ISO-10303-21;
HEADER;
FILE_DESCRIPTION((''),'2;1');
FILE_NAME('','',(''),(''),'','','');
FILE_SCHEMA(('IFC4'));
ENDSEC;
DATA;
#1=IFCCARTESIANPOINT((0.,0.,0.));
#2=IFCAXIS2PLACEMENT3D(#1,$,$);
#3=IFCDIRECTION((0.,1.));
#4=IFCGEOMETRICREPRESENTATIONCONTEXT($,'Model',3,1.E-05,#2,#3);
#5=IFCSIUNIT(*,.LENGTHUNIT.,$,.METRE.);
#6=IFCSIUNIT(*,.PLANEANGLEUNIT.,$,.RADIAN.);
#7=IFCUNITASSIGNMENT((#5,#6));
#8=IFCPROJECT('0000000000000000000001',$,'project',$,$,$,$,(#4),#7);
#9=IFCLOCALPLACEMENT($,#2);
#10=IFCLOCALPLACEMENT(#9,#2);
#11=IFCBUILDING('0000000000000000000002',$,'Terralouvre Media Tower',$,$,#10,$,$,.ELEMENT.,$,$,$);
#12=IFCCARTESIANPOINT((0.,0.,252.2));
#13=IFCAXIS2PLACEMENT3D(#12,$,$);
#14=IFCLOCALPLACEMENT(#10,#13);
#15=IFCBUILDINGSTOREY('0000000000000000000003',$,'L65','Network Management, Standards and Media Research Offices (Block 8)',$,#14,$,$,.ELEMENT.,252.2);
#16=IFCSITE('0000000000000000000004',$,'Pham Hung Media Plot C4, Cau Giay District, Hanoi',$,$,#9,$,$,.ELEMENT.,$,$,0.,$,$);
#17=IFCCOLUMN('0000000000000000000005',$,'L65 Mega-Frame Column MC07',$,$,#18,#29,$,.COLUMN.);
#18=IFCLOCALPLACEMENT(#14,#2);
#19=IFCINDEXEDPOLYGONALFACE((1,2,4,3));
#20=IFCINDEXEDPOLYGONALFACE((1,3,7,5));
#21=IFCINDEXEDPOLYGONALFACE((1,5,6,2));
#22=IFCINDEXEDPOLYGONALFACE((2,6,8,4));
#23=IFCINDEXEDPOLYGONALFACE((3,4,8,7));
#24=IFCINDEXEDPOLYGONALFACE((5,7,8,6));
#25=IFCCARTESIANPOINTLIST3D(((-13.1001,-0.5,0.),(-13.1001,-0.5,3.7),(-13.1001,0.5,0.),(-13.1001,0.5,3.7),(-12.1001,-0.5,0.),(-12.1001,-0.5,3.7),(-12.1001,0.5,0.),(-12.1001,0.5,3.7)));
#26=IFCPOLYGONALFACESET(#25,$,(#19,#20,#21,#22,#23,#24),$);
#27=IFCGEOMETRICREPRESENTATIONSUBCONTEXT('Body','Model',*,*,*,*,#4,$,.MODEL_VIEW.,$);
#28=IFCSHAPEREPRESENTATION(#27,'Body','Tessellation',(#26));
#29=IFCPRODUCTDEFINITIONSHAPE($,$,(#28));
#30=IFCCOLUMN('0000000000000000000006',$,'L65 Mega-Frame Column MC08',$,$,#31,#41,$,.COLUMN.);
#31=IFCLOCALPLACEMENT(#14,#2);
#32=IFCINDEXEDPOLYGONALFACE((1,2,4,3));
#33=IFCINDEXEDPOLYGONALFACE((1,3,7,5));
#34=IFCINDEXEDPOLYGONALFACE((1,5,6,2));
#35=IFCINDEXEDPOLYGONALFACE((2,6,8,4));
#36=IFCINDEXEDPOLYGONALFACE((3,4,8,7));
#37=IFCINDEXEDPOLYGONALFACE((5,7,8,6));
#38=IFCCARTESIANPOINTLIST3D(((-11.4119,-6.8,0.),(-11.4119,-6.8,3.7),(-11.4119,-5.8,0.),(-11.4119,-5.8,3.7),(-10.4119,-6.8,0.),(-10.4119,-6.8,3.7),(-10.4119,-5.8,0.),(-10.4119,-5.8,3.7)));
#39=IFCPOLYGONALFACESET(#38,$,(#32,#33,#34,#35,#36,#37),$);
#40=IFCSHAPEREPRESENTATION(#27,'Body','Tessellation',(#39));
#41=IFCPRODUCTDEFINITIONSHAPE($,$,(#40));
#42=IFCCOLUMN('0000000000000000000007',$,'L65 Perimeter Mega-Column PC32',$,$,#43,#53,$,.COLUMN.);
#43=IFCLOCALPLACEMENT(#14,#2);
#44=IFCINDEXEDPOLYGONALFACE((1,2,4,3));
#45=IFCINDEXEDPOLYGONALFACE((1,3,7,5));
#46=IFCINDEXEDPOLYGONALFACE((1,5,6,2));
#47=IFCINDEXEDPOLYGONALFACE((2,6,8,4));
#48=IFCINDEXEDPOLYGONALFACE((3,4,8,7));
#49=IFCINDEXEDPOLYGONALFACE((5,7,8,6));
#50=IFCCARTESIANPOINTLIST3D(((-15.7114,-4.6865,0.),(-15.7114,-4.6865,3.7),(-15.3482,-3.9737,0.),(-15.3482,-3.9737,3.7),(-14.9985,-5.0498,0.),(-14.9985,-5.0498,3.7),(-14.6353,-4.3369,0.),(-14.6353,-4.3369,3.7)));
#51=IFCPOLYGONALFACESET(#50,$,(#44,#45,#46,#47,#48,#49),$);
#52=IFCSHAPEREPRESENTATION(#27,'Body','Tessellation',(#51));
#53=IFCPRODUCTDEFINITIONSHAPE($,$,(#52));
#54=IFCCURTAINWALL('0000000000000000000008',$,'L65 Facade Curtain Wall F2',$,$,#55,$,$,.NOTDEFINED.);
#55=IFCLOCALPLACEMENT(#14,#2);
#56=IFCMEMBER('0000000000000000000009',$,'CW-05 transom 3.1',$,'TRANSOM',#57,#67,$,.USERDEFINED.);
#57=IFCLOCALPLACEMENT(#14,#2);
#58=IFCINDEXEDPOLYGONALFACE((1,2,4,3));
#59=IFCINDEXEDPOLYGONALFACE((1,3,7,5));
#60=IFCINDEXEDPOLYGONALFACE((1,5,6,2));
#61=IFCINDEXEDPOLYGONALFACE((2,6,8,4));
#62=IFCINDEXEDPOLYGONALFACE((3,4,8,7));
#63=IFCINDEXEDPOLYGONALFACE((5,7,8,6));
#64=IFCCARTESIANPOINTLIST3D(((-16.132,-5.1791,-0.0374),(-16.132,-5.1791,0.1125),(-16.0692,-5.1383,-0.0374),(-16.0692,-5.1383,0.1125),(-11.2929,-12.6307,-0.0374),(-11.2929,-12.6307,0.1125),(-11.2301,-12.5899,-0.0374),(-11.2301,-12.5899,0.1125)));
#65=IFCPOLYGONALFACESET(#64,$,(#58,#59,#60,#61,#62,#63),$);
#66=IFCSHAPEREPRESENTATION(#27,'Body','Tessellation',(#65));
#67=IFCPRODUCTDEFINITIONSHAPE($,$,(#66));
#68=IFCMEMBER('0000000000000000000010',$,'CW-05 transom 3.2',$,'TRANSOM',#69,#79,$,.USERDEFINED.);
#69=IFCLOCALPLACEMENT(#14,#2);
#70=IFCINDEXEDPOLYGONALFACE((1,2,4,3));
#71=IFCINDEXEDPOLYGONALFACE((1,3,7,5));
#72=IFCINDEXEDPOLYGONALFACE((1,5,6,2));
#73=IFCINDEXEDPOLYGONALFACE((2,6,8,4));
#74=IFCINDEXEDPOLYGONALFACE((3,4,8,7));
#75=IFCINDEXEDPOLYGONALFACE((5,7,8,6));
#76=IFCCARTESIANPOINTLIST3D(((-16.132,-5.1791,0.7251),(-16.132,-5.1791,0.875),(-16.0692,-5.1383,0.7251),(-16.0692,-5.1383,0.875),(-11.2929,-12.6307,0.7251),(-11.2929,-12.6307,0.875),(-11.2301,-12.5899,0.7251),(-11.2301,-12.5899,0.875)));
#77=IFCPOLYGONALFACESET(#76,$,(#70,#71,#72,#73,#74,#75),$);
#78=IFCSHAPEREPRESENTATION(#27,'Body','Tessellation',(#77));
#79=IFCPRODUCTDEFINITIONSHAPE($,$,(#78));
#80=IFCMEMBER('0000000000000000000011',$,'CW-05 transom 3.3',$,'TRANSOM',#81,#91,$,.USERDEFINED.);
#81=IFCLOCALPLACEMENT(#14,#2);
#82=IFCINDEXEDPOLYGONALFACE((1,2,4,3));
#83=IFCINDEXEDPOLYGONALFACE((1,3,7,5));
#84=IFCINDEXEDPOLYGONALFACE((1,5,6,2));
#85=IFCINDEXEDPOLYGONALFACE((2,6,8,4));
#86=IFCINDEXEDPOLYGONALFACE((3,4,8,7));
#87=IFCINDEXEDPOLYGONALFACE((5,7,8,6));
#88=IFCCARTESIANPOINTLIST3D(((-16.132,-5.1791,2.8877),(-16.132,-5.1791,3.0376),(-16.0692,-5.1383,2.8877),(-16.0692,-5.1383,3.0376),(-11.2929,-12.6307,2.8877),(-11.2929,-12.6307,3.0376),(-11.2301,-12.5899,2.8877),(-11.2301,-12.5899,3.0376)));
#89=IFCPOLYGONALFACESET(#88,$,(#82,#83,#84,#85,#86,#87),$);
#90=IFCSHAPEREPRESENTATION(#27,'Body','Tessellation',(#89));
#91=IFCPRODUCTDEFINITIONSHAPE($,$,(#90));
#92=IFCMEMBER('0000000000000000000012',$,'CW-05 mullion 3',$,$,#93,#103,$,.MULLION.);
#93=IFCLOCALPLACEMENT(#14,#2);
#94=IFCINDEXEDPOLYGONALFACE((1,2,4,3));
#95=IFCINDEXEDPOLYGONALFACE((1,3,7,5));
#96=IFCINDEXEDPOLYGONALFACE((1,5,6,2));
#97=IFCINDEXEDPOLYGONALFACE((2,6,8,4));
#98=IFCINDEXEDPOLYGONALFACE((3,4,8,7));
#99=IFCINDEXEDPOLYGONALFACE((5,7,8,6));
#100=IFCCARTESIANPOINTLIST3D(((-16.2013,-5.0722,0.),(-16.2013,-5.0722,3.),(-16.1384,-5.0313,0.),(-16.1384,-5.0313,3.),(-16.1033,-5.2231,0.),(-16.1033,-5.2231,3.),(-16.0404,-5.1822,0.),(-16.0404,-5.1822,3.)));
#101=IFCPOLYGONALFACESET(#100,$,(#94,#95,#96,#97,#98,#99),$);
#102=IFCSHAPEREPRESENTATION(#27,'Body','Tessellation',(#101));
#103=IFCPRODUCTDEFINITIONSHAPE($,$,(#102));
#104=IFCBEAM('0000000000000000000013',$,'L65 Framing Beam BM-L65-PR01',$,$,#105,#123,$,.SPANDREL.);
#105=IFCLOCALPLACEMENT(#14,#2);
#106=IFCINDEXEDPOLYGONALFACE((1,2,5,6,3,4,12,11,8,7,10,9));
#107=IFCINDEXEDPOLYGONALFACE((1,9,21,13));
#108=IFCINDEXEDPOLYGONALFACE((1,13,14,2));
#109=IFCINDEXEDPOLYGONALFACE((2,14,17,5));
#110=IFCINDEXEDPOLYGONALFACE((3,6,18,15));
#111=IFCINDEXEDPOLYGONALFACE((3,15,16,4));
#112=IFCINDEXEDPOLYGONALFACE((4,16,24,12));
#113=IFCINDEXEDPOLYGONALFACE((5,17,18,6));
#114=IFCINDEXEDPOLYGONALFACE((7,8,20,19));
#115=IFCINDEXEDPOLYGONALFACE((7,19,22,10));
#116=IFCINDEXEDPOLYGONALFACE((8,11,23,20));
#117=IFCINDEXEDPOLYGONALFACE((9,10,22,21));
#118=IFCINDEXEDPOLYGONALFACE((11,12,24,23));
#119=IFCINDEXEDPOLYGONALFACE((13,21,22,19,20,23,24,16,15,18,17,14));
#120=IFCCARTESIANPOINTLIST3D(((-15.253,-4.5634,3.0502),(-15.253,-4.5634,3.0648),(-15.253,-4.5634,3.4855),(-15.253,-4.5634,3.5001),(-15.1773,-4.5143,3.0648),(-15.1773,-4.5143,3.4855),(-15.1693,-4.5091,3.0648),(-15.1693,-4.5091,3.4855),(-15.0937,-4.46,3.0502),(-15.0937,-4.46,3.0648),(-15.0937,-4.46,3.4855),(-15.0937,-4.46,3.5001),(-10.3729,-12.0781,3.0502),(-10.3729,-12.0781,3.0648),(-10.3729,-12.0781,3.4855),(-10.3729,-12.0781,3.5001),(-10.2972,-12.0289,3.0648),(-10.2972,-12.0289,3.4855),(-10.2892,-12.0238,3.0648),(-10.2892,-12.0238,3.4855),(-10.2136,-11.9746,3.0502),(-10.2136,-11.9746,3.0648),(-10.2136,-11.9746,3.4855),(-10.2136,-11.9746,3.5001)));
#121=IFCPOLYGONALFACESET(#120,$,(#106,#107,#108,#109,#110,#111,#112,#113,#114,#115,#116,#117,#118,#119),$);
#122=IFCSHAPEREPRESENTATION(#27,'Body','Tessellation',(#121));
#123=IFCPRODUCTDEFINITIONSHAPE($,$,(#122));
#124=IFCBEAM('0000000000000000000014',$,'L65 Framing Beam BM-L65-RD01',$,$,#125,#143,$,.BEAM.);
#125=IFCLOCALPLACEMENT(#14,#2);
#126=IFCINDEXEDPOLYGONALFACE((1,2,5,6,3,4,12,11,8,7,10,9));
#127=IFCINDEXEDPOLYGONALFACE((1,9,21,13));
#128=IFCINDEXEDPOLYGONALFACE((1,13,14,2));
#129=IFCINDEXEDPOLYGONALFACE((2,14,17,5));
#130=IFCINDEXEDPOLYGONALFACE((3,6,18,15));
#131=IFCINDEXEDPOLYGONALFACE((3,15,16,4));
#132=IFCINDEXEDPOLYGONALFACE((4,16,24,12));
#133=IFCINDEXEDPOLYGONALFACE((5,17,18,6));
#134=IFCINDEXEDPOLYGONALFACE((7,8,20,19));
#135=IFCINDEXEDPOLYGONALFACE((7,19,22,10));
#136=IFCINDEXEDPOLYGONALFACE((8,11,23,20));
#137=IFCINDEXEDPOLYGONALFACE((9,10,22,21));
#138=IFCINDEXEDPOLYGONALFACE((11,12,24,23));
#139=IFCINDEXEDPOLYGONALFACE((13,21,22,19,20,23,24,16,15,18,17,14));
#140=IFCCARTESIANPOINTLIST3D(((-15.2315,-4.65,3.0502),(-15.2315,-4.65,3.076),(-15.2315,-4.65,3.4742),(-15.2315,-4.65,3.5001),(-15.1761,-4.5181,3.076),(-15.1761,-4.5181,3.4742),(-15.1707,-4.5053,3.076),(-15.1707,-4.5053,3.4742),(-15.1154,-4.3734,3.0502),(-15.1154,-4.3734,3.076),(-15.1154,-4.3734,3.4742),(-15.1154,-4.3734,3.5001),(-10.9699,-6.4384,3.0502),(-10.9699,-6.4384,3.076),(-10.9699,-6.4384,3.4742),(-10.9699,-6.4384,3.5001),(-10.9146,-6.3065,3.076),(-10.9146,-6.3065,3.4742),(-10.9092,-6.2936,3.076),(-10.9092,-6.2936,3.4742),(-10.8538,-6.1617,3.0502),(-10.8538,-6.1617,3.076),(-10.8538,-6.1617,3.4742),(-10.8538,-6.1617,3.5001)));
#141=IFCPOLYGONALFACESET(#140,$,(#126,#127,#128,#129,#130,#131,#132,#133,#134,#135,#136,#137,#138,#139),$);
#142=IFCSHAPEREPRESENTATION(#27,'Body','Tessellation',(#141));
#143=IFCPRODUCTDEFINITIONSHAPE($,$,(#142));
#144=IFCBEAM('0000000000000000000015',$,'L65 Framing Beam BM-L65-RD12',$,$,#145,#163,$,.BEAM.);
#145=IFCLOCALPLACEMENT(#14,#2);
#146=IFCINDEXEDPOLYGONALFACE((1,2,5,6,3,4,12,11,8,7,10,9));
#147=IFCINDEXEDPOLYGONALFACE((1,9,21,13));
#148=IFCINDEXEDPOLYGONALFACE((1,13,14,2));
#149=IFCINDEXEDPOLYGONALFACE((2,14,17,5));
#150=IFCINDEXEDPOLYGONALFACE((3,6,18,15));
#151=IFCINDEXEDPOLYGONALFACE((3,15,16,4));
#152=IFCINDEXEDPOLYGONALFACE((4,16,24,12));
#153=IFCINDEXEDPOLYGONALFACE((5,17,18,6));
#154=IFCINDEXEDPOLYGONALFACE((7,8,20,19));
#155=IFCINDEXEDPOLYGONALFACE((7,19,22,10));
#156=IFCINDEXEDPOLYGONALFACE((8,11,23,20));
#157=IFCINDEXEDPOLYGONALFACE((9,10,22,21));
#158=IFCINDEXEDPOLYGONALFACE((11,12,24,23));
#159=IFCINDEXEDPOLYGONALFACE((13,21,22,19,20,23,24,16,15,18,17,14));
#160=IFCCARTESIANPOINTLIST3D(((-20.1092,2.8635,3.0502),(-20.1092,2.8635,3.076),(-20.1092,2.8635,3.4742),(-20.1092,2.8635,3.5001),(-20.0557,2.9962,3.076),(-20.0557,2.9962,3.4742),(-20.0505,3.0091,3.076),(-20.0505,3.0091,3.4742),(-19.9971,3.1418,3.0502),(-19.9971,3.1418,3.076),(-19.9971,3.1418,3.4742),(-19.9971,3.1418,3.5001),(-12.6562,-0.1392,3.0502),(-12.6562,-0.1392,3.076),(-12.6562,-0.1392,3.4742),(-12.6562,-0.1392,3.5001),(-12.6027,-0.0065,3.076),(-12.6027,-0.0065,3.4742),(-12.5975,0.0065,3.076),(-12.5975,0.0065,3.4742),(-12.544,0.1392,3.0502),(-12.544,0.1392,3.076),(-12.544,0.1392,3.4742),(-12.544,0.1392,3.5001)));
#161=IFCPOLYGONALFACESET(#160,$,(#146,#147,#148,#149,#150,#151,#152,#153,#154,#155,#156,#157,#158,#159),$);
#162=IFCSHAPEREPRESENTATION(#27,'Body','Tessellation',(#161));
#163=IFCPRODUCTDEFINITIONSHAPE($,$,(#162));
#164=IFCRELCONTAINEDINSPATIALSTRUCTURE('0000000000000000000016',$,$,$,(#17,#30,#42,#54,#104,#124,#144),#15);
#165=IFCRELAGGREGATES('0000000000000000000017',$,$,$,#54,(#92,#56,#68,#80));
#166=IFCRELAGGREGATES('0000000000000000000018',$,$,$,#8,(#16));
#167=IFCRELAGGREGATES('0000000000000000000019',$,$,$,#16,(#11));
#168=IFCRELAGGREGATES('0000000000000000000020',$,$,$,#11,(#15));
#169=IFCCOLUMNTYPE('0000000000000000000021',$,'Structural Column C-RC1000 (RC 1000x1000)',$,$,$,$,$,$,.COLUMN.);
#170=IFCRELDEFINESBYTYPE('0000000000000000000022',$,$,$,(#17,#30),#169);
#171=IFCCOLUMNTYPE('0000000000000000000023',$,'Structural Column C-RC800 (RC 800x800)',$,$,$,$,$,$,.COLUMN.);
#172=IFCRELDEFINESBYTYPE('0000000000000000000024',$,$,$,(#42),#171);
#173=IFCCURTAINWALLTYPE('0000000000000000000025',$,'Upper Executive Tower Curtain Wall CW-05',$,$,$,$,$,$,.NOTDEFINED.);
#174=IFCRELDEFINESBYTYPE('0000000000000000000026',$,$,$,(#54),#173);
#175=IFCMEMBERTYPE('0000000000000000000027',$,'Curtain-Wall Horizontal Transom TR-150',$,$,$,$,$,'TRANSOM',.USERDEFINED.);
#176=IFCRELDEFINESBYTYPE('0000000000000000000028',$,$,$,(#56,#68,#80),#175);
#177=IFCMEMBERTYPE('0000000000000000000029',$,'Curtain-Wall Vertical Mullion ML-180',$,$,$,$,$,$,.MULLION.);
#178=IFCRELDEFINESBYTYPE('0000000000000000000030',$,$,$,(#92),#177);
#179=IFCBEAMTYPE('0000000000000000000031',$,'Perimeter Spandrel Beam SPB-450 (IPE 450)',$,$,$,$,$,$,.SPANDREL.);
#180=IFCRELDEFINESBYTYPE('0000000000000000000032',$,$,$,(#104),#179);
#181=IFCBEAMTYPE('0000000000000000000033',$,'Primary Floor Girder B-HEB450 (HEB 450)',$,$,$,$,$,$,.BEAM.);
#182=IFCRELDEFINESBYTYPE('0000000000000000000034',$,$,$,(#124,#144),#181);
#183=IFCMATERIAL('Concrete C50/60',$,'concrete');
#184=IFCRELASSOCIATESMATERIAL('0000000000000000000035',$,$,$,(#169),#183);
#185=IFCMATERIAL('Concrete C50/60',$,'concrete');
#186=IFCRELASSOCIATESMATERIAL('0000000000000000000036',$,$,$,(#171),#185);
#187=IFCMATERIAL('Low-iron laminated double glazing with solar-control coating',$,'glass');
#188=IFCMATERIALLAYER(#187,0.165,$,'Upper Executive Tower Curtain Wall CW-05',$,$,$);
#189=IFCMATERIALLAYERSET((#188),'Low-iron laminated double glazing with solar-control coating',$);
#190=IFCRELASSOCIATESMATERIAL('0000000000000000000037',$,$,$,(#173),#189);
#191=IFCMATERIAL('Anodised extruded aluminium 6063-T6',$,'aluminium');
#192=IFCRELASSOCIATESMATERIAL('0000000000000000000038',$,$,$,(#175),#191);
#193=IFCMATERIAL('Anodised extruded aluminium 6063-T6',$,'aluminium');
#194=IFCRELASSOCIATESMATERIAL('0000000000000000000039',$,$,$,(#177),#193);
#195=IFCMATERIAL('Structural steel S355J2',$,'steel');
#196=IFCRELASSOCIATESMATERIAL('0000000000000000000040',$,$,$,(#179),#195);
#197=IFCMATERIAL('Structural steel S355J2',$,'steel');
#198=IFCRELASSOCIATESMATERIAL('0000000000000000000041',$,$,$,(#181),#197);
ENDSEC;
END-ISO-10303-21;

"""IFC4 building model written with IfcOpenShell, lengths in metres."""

from ifc_helpers import new_model, si_unit, direction, frame, origin, origin_2d, place, context, subcontext, project, spatial, rectangle, i_section, extrude, material, layer, layer_set, material_profile, profile_set, type_object, element, aggregate, save


model = new_model("IFC4")

# Units and contexts
model_context = context("Model", 3, precision=1e-05, world=origin(), true_north=direction((0.0, 1.0)))
body_context = subcontext(model_context, "Body", "Model", "MODEL_VIEW")
ifc_project = project(units=[si_unit("LENGTHUNIT", "METRE"), si_unit("PLANEANGLEUNIT", "RADIAN")], contexts=[model_context])

# Site, building, storey
site_placement = place(None, origin())
site = spatial("IfcSite", under=ifc_project, at=site_placement, Name="Pham Hung Media Plot C4, Cau Giay District, Hanoi", CompositionType="ELEMENT", RefElevation=0.0)
building_placement = place(site_placement, origin())
building = spatial("IfcBuilding", under=site, at=building_placement, Name="Terralouvre Media Tower", CompositionType="ELEMENT")
storey_placement = place(building_placement, frame((0.0, 0.0, 252.2)))
storey = spatial("IfcBuildingStorey", under=building, at=storey_placement, Name="L65", Description="Network Management, Standards and Media Research Offices (Block 8)", CompositionType="ELEMENT", Elevation=252.2)

# Columns
ifc_material_1 = material(Name="Concrete C50/60", Category="concrete")
ifc_material_profile_1 = material_profile(ifc_material_1, rectangle(XDim=1.0, YDim=1.0, at=origin_2d()), Name="RC 1000x1000")
ifc_profile_set_1 = profile_set([ifc_material_profile_1], Name="Concrete C50/60")
column_type_1 = type_object("IfcColumnType", Name="Structural Column C-RC1000 (RC 1000x1000)", PredefinedType="COLUMN", material=ifc_profile_set_1)
for number, where, z_axis, x_axis, name in (
    (1, (-12.6001, 0.0, 0.0), (0.0, 0.0, 1.0), (1.0, 0.0, 0.0), "L65 Mega-Frame Column MC07"),
    (2, (-10.9119, -6.3, 0.0), (0.0, 0.0, 1.0), (1.0, 0.0, 0.0), "L65 Mega-Frame Column MC08"),
):
    element("IfcColumn", number, at=place(storey_placement, frame(where, z_axis=z_axis, x_axis=x_axis)), inside=storey, type_object=column_type_1, Name=name, PredefinedType="COLUMN", context=body_context, shape_type="SweptSolid", body=[
        extrude(rectangle(XDim=1.0, YDim=1.0, at=origin_2d()), origin(), (0.0, 0.0, 1.0), 3.7),
    ])
ifc_material_2 = material(Name="Concrete C50/60", Category="concrete")
ifc_material_profile_2 = material_profile(ifc_material_2, rectangle(XDim=0.8, YDim=0.8, at=origin_2d()), Name="RC 800x800")
ifc_profile_set_2 = profile_set([ifc_material_profile_2], Name="Concrete C50/60")
column_type_2 = type_object("IfcColumnType", Name="Structural Column C-RC800 (RC 800x800)", PredefinedType="COLUMN", material=ifc_profile_set_2)
column_placement = place(storey_placement, frame((-15.1733, -4.5117, 0.0), z_axis=(0.0, 0.0, 1.0), x_axis=(0.45399, 0.891007, 0.0)))
element("IfcColumn", 3, at=column_placement, inside=storey, type_object=column_type_2, Name="L65 Perimeter Mega-Column PC32", PredefinedType="COLUMN", context=body_context, shape_type="SweptSolid", body=[
    extrude(rectangle(XDim=0.8, YDim=0.8, at=origin_2d()), origin(), (0.0, 0.0, 1.0), 3.7),
])

# Curtain wall, members
ifc_material_3 = material(Name="Low-iron laminated double glazing with solar-control coating", Category="glass")
ifc_layer_1 = layer(ifc_material_3, 0.165, Name="Upper Executive Tower Curtain Wall CW-05")
ifc_layer_set_1 = layer_set([ifc_layer_1], Name="Low-iron laminated double glazing with solar-control coating")
curtain_wall_type = type_object("IfcCurtainWallType", Name="Upper Executive Tower Curtain Wall CW-05", PredefinedType="NOTDEFINED", material=ifc_layer_set_1)
curtain_wall_placement = place(storey_placement, origin())
curtain_wall = element("IfcCurtainWall", 4, at=curtain_wall_placement, inside=storey, type_object=curtain_wall_type, Name="L65 Facade Curtain Wall F2", PredefinedType="NOTDEFINED")
ifc_material_4 = material(Name="Anodised extruded aluminium 6063-T6", Category="aluminium")
ifc_material_profile_3 = material_profile(ifc_material_4, rectangle(XDim=0.075, YDim=0.1499, at=origin_2d()), Name="ALU 75x150")
ifc_profile_set_3 = profile_set([ifc_material_profile_3], Name="Anodised extruded aluminium 6063-T6")
member_type_1 = type_object("IfcMemberType", Name="Curtain-Wall Horizontal Transom TR-150", ElementType="TRANSOM", PredefinedType="USERDEFINED", material=ifc_profile_set_3)
member_1_placement = place(storey_placement, frame((-16.1006, -5.1587, 0.0376), z_axis=(0.544635, -0.838673, 0.0), x_axis=(0.838673, 0.544635, 0.0)))
member_1 = element("IfcMember", 5, at=member_1_placement, type_object=member_type_1, Name="CW-05 transom 3.1", ObjectType="TRANSOM", PredefinedType="USERDEFINED", context=body_context, shape_type="SweptSolid", body=[
    extrude(rectangle(XDim=0.075, YDim=0.1499, at=origin_2d()), origin(), (0.0, 0.0, 1.0), 8.885),
])
member_2_placement = place(storey_placement, frame((-16.1006, -5.1587, 0.8), z_axis=(0.544635, -0.838673, 0.0), x_axis=(0.838673, 0.544635, 0.0)))
member_2 = element("IfcMember", 6, at=member_2_placement, type_object=member_type_1, Name="CW-05 transom 3.2", ObjectType="TRANSOM", PredefinedType="USERDEFINED", context=body_context, shape_type="SweptSolid", body=[
    extrude(rectangle(XDim=0.075, YDim=0.1499, at=origin_2d()), origin(), (0.0, 0.0, 1.0), 8.885),
])
member_3_placement = place(storey_placement, frame((-16.1006, -5.1587, 2.9626), z_axis=(0.544635, -0.838673, 0.0), x_axis=(0.838673, 0.544635, 0.0)))
member_3 = element("IfcMember", 7, at=member_3_placement, type_object=member_type_1, Name="CW-05 transom 3.3", ObjectType="TRANSOM", PredefinedType="USERDEFINED", context=body_context, shape_type="SweptSolid", body=[
    extrude(rectangle(XDim=0.075, YDim=0.1499, at=origin_2d()), origin(), (0.0, 0.0, 1.0), 8.885),
])
ifc_material_5 = material(Name="Anodised extruded aluminium 6063-T6", Category="aluminium")
ifc_material_profile_4 = material_profile(ifc_material_5, rectangle(XDim=0.075, YDim=0.1799, at=origin_2d()), Name="ALU 75x180")
ifc_profile_set_4 = profile_set([ifc_material_profile_4], Name="Anodised extruded aluminium 6063-T6")
member_type_2 = type_object("IfcMemberType", Name="Curtain-Wall Vertical Mullion ML-180", PredefinedType="MULLION", material=ifc_profile_set_4)
member_4_placement = place(storey_placement, frame((-16.1208, -5.1272, 0.0), z_axis=(0.0, 0.0, 1.0), x_axis=(0.838671, 0.544639, 0.0)))
member_4 = element("IfcMember", 8, at=member_4_placement, type_object=member_type_2, Name="CW-05 mullion 3", PredefinedType="MULLION", context=body_context, shape_type="SweptSolid", body=[
    extrude(rectangle(XDim=0.075, YDim=0.1799, at=origin_2d()), origin(), (0.0, 0.0, 1.0), 3.0),
])

# Beams
ifc_material_6 = material(Name="Structural steel S355J2", Category="steel")
ifc_material_profile_5 = material_profile(ifc_material_6, i_section(OverallWidth=0.1899, OverallDepth=0.45, WebThickness=0.0095, FlangeThickness=0.0146, at=origin_2d()), Name="IPE 450")
ifc_profile_set_5 = profile_set([ifc_material_profile_5], Name="Structural steel S355J2")
beam_type_1 = type_object("IfcBeamType", Name="Perimeter Spandrel Beam SPB-450 (IPE 450)", PredefinedType="SPANDREL", material=ifc_profile_set_5)
beam_1_placement = place(storey_placement, frame((-15.1733, -4.5117, 3.2751), z_axis=(0.544644, -0.838668, 0.0), x_axis=(0.838668, 0.544644, 0.0)))
element("IfcBeam", 9, at=beam_1_placement, inside=storey, type_object=beam_type_1, Name="L65 Framing Beam BM-L65-PR01", PredefinedType="SPANDREL", context=body_context, shape_type="SweptSolid", body=[
    extrude(i_section(OverallWidth=0.1899, OverallDepth=0.45, WebThickness=0.0095, FlangeThickness=0.0146, at=origin_2d()), origin(), (0.0, 0.0, 1.0), 8.9602),
])
ifc_material_7 = material(Name="Structural steel S355J2", Category="steel")
ifc_material_profile_6 = material_profile(ifc_material_7, i_section(OverallWidth=0.3, OverallDepth=0.45, WebThickness=0.0139, FlangeThickness=0.0259, at=origin_2d()), Name="HEB 450")
ifc_profile_set_6 = profile_set([ifc_material_profile_6], Name="Structural steel S355J2")
beam_type_2 = type_object("IfcBeamType", Name="Primary Floor Girder B-HEB450 (HEB 450)", PredefinedType="BEAM", material=ifc_profile_set_6)
beam_2_placement = place(storey_placement, frame((-10.9119, -6.3, 3.2751), z_axis=(-0.922097, 0.386959, 0.0), x_axis=(-0.386959, -0.922097, 0.0)))
element("IfcBeam", 10, at=beam_2_placement, inside=storey, type_object=beam_type_2, Name="L65 Framing Beam BM-L65-RD01", PredefinedType="BEAM", context=body_context, shape_type="SweptSolid", body=[
    extrude(i_section(OverallWidth=0.3, OverallDepth=0.45, WebThickness=0.0139, FlangeThickness=0.0259, at=origin_2d()), origin(), (0.0, 0.0, 1.0), 4.6216),
])
beam_3_placement = place(storey_placement, frame((-12.6001, 0.0, 3.2751), z_axis=(-0.927554, 0.373689, 0.0), x_axis=(-0.373689, -0.927554, 0.0)))
element("IfcBeam", 11, at=beam_3_placement, inside=storey, type_object=beam_type_2, Name="L65 Framing Beam BM-L65-RD12", PredefinedType="BEAM", context=body_context, shape_type="SweptSolid", body=[
    extrude(i_section(OverallWidth=0.3, OverallDepth=0.45, WebThickness=0.0139, FlangeThickness=0.0259, at=origin_2d()), origin(), (0.0, 0.0, 1.0), 8.0352),
])

aggregate(curtain_wall, [member_4, member_1, member_2, member_3])

save(model, "model.ifc")
